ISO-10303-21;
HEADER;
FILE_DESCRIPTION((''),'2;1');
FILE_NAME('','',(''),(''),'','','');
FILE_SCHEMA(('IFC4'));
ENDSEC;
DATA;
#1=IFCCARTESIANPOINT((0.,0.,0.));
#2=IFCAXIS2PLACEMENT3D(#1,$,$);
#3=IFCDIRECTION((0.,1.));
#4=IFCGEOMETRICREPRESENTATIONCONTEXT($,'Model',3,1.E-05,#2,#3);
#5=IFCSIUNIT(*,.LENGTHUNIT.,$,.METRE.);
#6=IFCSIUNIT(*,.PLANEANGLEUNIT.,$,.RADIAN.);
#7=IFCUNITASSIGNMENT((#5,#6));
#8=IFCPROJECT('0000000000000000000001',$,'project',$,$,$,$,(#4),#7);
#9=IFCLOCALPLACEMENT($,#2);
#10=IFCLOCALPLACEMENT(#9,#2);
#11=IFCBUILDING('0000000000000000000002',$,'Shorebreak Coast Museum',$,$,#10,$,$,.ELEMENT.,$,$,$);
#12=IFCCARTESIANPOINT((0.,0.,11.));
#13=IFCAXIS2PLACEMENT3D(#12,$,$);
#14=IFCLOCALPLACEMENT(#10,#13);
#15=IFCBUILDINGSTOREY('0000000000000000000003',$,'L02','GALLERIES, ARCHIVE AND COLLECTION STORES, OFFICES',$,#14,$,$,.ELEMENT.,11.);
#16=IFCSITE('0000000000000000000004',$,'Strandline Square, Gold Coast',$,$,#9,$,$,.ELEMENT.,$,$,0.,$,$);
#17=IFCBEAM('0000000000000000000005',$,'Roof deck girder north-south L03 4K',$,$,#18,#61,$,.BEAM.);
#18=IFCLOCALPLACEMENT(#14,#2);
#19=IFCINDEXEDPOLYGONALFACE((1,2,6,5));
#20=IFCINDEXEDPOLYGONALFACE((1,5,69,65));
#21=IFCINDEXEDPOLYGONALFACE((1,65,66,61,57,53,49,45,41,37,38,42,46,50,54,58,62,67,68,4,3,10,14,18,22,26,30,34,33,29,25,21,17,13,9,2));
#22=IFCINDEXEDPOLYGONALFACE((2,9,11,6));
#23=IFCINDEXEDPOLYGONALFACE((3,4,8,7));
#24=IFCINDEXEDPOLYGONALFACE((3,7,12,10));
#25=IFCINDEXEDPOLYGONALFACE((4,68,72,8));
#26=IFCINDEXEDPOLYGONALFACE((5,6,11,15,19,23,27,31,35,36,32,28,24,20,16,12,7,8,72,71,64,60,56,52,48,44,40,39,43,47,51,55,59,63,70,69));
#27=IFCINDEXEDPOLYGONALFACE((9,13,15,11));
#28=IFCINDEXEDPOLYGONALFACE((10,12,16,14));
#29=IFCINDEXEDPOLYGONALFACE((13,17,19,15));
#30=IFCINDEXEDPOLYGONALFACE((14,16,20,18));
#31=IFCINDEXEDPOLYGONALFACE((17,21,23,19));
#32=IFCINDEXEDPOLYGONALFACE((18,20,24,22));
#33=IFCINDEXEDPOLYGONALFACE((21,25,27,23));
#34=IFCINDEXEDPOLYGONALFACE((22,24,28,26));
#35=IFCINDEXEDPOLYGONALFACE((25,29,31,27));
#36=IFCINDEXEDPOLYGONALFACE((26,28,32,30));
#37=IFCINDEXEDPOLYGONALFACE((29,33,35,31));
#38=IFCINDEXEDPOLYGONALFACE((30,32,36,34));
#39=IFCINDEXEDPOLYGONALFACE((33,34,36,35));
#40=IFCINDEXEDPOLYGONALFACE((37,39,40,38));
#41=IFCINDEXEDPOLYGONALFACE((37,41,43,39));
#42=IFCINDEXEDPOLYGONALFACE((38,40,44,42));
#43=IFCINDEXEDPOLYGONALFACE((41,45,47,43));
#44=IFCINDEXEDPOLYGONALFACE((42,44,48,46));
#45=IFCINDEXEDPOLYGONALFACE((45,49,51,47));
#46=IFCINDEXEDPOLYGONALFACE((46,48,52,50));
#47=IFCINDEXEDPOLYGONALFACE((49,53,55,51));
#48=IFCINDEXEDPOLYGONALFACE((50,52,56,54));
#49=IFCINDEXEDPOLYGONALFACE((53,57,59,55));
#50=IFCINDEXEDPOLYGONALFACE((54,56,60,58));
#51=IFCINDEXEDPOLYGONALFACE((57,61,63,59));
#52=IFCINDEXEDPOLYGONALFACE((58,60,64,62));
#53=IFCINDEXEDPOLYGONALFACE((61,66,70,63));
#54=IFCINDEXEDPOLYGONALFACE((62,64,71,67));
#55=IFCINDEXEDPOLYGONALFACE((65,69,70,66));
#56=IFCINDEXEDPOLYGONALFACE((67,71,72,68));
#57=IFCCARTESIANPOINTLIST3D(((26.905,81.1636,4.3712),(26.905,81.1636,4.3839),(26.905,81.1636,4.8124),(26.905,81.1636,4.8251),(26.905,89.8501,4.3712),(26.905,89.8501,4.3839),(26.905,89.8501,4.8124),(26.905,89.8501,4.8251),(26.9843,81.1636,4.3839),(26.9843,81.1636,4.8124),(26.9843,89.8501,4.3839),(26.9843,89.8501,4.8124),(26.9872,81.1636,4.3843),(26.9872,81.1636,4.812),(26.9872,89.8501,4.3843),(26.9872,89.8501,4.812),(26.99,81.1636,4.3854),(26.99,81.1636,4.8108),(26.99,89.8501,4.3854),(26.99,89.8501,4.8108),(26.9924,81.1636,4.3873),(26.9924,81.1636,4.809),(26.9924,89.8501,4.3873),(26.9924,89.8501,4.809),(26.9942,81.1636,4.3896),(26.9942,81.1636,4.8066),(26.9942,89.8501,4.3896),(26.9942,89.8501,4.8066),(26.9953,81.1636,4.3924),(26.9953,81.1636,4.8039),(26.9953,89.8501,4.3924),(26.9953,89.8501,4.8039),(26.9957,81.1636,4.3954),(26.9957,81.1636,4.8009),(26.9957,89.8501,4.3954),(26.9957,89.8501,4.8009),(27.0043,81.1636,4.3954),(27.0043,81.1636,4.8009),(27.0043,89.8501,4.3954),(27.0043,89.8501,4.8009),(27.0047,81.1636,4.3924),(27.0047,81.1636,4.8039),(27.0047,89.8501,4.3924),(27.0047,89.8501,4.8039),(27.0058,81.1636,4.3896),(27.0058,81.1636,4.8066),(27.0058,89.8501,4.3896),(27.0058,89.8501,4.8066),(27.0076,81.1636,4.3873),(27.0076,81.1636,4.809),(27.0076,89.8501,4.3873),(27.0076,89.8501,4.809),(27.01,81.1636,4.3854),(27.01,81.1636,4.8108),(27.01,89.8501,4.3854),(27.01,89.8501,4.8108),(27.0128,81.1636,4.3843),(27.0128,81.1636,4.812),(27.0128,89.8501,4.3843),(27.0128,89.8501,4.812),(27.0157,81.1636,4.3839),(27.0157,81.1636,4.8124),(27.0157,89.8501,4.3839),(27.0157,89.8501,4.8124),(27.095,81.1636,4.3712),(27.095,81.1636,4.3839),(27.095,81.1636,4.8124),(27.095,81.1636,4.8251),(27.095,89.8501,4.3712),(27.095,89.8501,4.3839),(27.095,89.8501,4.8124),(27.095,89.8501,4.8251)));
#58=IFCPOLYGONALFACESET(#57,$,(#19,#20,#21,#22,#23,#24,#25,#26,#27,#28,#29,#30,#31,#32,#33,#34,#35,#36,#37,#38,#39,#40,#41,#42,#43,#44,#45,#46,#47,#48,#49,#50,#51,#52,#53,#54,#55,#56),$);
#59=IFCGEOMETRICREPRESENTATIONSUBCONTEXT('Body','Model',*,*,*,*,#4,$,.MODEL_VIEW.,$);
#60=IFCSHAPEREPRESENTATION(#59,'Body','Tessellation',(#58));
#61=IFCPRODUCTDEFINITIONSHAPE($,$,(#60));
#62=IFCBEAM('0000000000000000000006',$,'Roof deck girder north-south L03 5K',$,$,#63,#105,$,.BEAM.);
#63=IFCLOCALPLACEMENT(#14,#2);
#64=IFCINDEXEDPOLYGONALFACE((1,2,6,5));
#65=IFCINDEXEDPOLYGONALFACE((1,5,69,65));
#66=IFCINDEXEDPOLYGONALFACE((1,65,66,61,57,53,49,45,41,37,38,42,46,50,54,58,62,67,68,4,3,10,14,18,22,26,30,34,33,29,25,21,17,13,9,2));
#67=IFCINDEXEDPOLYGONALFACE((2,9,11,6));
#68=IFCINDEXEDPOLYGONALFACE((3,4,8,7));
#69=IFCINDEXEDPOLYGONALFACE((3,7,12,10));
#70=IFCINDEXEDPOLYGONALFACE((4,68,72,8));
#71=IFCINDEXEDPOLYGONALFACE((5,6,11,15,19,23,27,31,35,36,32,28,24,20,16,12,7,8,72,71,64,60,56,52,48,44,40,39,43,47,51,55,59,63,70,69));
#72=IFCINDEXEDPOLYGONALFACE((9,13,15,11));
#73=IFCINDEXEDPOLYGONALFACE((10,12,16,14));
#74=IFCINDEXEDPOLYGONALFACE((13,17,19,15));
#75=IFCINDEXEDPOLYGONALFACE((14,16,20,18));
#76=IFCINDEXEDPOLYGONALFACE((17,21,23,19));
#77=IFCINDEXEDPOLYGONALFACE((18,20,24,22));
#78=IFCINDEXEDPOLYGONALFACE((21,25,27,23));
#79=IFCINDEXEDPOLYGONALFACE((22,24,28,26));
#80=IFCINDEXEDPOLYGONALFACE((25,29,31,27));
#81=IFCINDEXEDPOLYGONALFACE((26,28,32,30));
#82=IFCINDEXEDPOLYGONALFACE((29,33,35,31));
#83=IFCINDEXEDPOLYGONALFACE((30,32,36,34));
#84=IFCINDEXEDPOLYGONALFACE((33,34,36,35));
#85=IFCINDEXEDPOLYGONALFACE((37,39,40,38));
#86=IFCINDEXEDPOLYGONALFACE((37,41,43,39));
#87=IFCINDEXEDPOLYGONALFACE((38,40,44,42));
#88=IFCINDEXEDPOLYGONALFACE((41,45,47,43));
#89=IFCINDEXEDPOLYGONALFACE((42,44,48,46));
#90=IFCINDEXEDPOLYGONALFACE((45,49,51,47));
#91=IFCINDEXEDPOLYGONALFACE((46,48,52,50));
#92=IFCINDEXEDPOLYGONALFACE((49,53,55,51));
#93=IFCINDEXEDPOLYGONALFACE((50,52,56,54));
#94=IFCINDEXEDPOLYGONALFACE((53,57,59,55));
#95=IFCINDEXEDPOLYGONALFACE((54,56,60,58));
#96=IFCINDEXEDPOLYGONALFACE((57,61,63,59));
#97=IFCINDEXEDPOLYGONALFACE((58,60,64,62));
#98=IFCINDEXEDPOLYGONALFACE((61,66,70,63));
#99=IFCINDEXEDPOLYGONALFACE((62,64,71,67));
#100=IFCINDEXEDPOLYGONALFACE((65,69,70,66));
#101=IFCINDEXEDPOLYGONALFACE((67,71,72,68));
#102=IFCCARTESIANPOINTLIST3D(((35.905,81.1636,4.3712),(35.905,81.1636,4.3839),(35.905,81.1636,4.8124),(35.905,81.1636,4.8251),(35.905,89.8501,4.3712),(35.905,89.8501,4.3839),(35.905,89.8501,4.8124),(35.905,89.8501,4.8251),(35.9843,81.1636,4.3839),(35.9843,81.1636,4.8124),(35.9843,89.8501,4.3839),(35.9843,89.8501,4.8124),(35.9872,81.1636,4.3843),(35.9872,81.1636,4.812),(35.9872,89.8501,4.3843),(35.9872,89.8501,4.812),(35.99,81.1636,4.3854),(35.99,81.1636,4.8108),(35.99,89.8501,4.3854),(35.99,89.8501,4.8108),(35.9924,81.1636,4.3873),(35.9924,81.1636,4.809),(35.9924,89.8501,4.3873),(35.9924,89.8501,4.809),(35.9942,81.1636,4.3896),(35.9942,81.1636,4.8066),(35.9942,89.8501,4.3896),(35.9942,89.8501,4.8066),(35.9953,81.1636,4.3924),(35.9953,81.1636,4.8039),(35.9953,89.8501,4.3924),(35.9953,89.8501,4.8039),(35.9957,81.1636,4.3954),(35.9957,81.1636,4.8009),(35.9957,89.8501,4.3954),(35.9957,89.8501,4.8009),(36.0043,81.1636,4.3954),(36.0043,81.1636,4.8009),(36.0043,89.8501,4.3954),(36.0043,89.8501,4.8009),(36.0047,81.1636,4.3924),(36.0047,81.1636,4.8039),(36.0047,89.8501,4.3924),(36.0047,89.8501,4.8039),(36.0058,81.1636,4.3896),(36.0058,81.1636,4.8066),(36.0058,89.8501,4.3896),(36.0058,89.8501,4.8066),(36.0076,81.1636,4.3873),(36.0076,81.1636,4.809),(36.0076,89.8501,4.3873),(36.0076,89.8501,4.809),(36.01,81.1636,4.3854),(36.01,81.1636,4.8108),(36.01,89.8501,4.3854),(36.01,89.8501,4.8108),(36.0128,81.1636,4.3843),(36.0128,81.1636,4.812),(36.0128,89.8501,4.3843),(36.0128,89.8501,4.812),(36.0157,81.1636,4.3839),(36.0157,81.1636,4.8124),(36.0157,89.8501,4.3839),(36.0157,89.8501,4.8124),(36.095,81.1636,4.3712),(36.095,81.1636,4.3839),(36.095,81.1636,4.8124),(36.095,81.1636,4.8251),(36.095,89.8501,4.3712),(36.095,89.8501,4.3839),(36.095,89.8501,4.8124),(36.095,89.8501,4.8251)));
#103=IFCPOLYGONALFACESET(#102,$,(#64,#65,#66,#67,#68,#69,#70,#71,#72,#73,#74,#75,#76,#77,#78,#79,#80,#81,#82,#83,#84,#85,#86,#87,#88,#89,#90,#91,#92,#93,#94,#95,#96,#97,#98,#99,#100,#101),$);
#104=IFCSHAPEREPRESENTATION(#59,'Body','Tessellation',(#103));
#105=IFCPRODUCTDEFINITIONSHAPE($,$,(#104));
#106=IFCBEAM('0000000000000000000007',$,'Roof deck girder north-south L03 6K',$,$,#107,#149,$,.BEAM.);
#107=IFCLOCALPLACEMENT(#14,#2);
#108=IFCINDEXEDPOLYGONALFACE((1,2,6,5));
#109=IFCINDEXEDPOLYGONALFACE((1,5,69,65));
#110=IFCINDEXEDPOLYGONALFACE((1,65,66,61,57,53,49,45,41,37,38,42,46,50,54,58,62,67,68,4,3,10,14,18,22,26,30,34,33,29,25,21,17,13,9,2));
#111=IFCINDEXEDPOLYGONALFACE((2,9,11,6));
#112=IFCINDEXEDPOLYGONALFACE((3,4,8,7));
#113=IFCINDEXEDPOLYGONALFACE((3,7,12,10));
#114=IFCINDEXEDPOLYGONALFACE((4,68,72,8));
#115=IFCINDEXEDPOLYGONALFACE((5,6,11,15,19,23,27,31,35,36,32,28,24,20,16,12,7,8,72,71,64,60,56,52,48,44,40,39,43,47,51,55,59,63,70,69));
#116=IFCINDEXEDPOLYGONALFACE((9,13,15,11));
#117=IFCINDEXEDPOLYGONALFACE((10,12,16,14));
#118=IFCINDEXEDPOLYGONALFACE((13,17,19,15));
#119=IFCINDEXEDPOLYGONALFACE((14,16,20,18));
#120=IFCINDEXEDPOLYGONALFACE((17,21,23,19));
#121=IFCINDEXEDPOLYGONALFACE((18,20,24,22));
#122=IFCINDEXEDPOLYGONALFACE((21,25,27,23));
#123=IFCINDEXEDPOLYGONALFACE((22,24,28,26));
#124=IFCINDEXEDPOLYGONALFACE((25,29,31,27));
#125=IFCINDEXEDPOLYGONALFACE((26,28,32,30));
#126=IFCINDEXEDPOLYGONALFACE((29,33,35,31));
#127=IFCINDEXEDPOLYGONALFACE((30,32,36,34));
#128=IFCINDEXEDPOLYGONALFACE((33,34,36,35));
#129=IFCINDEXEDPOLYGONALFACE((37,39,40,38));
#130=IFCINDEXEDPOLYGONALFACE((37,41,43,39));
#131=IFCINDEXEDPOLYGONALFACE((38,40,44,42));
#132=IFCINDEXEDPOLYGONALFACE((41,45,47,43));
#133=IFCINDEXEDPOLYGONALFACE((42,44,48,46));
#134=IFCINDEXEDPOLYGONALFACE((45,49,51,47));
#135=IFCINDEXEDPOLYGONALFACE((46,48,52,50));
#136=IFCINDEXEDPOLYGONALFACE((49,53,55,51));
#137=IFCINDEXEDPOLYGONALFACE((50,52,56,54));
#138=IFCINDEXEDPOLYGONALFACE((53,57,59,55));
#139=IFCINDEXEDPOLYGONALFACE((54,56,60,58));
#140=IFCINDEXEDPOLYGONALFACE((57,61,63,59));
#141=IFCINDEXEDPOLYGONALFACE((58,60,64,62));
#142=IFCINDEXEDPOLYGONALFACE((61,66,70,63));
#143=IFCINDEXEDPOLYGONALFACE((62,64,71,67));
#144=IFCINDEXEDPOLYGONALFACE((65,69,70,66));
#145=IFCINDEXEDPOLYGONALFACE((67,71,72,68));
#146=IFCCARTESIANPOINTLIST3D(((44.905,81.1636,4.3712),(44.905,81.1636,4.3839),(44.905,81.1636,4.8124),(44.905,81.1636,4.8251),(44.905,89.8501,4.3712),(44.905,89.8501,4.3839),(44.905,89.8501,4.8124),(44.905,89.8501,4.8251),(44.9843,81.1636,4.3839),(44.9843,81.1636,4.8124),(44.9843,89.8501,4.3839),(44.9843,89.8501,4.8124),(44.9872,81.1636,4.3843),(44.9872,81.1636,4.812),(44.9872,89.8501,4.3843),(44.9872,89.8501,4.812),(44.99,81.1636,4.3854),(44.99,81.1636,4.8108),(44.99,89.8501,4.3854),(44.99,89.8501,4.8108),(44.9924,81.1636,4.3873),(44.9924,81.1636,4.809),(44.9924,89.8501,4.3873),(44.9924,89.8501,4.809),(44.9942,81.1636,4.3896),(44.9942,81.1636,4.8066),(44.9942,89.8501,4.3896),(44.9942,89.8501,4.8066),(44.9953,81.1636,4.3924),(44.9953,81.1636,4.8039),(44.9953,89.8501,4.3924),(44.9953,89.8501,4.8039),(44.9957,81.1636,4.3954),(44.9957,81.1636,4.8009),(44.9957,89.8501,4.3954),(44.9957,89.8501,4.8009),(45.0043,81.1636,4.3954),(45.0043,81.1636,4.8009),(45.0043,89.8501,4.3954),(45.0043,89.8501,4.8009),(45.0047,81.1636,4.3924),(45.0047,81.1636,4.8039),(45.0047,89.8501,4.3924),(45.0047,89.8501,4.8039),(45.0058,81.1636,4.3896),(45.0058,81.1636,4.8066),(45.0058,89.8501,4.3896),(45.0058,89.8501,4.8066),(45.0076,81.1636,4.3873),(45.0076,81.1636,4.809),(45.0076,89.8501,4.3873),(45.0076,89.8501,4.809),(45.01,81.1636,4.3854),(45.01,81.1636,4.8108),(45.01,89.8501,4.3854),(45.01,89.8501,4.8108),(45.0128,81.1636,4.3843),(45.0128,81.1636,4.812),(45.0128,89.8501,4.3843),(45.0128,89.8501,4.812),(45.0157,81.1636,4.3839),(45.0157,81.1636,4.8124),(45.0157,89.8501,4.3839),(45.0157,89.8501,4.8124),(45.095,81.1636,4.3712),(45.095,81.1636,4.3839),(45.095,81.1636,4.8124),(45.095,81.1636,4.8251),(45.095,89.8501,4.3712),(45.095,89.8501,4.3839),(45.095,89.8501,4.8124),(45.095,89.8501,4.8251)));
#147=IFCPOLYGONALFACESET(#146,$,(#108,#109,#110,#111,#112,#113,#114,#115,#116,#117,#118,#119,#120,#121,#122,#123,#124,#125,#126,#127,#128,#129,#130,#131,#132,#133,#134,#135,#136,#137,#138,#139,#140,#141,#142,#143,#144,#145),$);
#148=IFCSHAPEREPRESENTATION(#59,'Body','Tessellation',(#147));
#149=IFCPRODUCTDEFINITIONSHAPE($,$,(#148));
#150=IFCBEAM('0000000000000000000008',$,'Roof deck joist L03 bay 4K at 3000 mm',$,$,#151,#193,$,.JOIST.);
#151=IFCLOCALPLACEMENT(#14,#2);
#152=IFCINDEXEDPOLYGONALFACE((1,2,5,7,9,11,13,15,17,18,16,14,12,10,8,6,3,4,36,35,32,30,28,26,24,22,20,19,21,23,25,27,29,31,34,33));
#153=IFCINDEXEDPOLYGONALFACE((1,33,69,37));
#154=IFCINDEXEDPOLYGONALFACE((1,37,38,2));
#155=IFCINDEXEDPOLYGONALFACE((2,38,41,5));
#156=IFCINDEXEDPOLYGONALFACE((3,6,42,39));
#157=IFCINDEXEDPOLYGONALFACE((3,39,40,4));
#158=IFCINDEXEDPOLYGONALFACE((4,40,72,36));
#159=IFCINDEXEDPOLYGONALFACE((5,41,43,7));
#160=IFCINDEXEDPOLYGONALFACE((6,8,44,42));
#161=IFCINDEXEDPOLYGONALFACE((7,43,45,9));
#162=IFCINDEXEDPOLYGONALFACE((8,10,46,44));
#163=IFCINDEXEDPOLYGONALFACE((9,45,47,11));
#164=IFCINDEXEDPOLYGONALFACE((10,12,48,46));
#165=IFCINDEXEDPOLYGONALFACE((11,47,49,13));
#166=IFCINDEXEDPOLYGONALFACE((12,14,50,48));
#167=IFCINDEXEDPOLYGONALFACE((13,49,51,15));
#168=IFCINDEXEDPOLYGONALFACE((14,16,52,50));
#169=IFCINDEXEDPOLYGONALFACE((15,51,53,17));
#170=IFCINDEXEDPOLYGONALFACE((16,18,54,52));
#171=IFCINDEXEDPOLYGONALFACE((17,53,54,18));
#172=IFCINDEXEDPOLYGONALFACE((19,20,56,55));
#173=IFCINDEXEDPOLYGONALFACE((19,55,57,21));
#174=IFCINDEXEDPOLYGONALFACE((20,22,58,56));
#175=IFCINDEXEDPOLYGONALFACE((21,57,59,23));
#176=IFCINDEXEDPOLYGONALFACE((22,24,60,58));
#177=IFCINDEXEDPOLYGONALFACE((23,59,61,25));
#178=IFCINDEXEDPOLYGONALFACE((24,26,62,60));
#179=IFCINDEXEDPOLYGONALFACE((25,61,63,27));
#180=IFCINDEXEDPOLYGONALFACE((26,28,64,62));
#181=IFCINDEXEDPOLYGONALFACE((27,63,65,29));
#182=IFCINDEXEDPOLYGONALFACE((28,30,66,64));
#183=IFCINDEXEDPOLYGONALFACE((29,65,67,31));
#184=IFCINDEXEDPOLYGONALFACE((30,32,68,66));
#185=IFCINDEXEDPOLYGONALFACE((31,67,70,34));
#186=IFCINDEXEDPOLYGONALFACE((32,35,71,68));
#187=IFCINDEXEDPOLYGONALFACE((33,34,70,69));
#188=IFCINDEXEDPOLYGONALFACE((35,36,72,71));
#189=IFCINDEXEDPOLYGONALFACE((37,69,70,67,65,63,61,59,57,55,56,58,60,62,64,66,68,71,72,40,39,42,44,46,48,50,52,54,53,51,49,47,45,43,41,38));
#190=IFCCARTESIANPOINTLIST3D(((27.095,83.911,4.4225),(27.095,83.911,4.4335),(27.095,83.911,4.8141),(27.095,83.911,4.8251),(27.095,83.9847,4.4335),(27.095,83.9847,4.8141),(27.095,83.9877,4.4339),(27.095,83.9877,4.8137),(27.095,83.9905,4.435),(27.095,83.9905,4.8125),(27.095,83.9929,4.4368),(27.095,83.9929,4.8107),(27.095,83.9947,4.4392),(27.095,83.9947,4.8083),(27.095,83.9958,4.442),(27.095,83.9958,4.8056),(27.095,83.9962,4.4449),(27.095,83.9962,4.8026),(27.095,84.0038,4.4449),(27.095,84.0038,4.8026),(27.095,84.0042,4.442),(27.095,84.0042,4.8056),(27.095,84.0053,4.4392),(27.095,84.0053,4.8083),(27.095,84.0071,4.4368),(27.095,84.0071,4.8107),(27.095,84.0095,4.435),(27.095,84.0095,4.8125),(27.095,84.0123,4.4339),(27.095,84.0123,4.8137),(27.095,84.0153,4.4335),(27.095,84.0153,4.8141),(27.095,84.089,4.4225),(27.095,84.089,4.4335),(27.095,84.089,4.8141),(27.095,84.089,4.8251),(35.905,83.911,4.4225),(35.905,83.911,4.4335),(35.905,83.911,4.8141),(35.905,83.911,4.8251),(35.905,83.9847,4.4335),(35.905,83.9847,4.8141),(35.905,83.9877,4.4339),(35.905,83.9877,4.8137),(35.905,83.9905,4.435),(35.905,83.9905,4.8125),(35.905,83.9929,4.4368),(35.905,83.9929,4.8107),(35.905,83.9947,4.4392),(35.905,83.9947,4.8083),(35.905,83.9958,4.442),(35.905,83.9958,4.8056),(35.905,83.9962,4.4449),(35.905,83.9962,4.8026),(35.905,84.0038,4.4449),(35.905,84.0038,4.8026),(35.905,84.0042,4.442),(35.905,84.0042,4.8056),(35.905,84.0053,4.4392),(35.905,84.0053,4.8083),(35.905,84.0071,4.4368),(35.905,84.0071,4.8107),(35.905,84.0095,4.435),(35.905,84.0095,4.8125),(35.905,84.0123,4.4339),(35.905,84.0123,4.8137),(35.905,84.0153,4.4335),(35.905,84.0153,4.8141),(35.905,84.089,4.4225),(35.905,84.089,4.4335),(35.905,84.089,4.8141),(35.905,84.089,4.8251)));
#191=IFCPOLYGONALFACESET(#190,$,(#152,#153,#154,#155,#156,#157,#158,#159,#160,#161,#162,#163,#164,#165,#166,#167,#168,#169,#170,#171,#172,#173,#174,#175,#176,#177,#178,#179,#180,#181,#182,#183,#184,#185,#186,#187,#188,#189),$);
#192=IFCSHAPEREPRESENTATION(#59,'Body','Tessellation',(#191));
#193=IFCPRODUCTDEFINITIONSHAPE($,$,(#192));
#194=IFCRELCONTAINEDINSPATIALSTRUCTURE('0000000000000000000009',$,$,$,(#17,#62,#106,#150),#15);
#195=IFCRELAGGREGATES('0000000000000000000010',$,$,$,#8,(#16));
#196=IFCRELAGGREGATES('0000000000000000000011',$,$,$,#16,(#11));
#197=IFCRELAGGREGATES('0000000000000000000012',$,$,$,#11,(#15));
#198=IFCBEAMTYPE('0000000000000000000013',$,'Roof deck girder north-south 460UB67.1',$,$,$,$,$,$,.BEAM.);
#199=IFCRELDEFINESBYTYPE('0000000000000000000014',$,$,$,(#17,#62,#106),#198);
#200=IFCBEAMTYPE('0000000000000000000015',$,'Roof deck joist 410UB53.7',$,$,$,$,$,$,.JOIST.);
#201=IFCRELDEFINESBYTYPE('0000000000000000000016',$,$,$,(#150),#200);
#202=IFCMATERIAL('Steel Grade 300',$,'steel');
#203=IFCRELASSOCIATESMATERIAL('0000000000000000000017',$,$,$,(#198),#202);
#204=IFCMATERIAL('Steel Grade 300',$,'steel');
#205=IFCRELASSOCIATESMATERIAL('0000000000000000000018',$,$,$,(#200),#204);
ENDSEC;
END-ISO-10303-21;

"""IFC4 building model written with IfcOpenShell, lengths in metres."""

from ifc_helpers import new_model, si_unit, direction, frame, origin, origin_2d, place, context, subcontext, project, spatial, i_section, extrude, material, material_profile, profile_set, type_object, element, save


model = new_model("IFC4")

# Units and contexts
model_context = context("Model", 3, precision=1e-05, world=origin(), true_north=direction((0.0, 1.0)))
body_context = subcontext(model_context, "Body", "Model", "MODEL_VIEW")
ifc_project = project(units=[si_unit("LENGTHUNIT", "METRE"), si_unit("PLANEANGLEUNIT", "RADIAN")], contexts=[model_context])

# Site, building, storey
site_placement = place(None, origin())
site = spatial("IfcSite", under=ifc_project, at=site_placement, Name="Strandline Square, Gold Coast", CompositionType="ELEMENT", RefElevation=0.0)
building_placement = place(site_placement, origin())
building = spatial("IfcBuilding", under=site, at=building_placement, Name="Shorebreak Coast Museum", CompositionType="ELEMENT")
storey_placement = place(building_placement, frame((0.0, 0.0, 11.0)))
storey = spatial("IfcBuildingStorey", under=building, at=storey_placement, Name="L02", Description="GALLERIES, ARCHIVE AND COLLECTION STORES, OFFICES", CompositionType="ELEMENT", Elevation=11.0)

# Beams
ifc_material_1 = material(Name="Steel Grade 300", Category="steel")
ifc_material_profile_1 = material_profile(ifc_material_1, i_section(OverallWidth=0.1899, OverallDepth=0.4539, WebThickness=0.0085, FlangeThickness=0.0127, FilletRadius=0.0115, at=origin_2d()), Name="460UB67.1")
ifc_profile_set_1 = profile_set([ifc_material_profile_1], Name="Steel Grade 300")
beam_type_1 = type_object("IfcBeamType", Name="Roof deck girder north-south 460UB67.1", PredefinedType="BEAM", material=ifc_profile_set_1)
for number, where, z_axis, x_axis, name in (
    (1, (27.0, 81.1636, 4.5981), (0.0, 1.0, 0.0), (-1.0, 0.0, 0.0), "Roof deck girder north-south L03 4K"),
    (2, (36.0, 81.1636, 4.5981), (0.0, 1.0, 0.0), (-1.0, 0.0, 0.0), "Roof deck girder north-south L03 5K"),
    (3, (45.0, 81.1636, 4.5981), (0.0, 1.0, 0.0), (-1.0, 0.0, 0.0), "Roof deck girder north-south L03 6K"),
):
    element("IfcBeam", number, at=place(storey_placement, frame(where, z_axis=z_axis, x_axis=x_axis)), inside=storey, type_object=beam_type_1, Name=name, PredefinedType="BEAM", context=body_context, shape_type="SweptSolid", body=[
        extrude(i_section(OverallWidth=0.1899, OverallDepth=0.4539, WebThickness=0.0085, FlangeThickness=0.0127, FilletRadius=0.0115, at=origin_2d()), origin(), (0.0, 0.0, 1.0), 8.6865),
    ])
ifc_material_2 = material(Name="Steel Grade 300", Category="steel")
ifc_material_profile_2 = material_profile(ifc_material_2, i_section(OverallWidth=0.178, OverallDepth=0.4026, WebThickness=0.0076, FlangeThickness=0.011, FilletRadius=0.0115, at=origin_2d()), Name="410UB53.7")
ifc_profile_set_2 = profile_set([ifc_material_profile_2], Name="Steel Grade 300")
beam_type_2 = type_object("IfcBeamType", Name="Roof deck joist 410UB53.7", PredefinedType="JOIST", material=ifc_profile_set_2)
for number, where, z_axis, x_axis, name in (
    (4, (27.095, 84.0, 4.6238), (1.0, 0.0, 0.0), (0.0, 1.0, 0.0), "Roof deck joist L03 bay 4K at 3000 mm"),
):
    element("IfcBeam", number, at=place(storey_placement, frame(where, z_axis=z_axis, x_axis=x_axis)), inside=storey, type_object=beam_type_2, Name=name, PredefinedType="JOIST", context=body_context, shape_type="SweptSolid", body=[
        extrude(i_section(OverallWidth=0.178, OverallDepth=0.4026, WebThickness=0.0076, FlangeThickness=0.011, FilletRadius=0.0115, at=origin_2d()), origin(), (0.0, 0.0, 1.0), 8.8101),
    ])

save(model, "model.ifc")
